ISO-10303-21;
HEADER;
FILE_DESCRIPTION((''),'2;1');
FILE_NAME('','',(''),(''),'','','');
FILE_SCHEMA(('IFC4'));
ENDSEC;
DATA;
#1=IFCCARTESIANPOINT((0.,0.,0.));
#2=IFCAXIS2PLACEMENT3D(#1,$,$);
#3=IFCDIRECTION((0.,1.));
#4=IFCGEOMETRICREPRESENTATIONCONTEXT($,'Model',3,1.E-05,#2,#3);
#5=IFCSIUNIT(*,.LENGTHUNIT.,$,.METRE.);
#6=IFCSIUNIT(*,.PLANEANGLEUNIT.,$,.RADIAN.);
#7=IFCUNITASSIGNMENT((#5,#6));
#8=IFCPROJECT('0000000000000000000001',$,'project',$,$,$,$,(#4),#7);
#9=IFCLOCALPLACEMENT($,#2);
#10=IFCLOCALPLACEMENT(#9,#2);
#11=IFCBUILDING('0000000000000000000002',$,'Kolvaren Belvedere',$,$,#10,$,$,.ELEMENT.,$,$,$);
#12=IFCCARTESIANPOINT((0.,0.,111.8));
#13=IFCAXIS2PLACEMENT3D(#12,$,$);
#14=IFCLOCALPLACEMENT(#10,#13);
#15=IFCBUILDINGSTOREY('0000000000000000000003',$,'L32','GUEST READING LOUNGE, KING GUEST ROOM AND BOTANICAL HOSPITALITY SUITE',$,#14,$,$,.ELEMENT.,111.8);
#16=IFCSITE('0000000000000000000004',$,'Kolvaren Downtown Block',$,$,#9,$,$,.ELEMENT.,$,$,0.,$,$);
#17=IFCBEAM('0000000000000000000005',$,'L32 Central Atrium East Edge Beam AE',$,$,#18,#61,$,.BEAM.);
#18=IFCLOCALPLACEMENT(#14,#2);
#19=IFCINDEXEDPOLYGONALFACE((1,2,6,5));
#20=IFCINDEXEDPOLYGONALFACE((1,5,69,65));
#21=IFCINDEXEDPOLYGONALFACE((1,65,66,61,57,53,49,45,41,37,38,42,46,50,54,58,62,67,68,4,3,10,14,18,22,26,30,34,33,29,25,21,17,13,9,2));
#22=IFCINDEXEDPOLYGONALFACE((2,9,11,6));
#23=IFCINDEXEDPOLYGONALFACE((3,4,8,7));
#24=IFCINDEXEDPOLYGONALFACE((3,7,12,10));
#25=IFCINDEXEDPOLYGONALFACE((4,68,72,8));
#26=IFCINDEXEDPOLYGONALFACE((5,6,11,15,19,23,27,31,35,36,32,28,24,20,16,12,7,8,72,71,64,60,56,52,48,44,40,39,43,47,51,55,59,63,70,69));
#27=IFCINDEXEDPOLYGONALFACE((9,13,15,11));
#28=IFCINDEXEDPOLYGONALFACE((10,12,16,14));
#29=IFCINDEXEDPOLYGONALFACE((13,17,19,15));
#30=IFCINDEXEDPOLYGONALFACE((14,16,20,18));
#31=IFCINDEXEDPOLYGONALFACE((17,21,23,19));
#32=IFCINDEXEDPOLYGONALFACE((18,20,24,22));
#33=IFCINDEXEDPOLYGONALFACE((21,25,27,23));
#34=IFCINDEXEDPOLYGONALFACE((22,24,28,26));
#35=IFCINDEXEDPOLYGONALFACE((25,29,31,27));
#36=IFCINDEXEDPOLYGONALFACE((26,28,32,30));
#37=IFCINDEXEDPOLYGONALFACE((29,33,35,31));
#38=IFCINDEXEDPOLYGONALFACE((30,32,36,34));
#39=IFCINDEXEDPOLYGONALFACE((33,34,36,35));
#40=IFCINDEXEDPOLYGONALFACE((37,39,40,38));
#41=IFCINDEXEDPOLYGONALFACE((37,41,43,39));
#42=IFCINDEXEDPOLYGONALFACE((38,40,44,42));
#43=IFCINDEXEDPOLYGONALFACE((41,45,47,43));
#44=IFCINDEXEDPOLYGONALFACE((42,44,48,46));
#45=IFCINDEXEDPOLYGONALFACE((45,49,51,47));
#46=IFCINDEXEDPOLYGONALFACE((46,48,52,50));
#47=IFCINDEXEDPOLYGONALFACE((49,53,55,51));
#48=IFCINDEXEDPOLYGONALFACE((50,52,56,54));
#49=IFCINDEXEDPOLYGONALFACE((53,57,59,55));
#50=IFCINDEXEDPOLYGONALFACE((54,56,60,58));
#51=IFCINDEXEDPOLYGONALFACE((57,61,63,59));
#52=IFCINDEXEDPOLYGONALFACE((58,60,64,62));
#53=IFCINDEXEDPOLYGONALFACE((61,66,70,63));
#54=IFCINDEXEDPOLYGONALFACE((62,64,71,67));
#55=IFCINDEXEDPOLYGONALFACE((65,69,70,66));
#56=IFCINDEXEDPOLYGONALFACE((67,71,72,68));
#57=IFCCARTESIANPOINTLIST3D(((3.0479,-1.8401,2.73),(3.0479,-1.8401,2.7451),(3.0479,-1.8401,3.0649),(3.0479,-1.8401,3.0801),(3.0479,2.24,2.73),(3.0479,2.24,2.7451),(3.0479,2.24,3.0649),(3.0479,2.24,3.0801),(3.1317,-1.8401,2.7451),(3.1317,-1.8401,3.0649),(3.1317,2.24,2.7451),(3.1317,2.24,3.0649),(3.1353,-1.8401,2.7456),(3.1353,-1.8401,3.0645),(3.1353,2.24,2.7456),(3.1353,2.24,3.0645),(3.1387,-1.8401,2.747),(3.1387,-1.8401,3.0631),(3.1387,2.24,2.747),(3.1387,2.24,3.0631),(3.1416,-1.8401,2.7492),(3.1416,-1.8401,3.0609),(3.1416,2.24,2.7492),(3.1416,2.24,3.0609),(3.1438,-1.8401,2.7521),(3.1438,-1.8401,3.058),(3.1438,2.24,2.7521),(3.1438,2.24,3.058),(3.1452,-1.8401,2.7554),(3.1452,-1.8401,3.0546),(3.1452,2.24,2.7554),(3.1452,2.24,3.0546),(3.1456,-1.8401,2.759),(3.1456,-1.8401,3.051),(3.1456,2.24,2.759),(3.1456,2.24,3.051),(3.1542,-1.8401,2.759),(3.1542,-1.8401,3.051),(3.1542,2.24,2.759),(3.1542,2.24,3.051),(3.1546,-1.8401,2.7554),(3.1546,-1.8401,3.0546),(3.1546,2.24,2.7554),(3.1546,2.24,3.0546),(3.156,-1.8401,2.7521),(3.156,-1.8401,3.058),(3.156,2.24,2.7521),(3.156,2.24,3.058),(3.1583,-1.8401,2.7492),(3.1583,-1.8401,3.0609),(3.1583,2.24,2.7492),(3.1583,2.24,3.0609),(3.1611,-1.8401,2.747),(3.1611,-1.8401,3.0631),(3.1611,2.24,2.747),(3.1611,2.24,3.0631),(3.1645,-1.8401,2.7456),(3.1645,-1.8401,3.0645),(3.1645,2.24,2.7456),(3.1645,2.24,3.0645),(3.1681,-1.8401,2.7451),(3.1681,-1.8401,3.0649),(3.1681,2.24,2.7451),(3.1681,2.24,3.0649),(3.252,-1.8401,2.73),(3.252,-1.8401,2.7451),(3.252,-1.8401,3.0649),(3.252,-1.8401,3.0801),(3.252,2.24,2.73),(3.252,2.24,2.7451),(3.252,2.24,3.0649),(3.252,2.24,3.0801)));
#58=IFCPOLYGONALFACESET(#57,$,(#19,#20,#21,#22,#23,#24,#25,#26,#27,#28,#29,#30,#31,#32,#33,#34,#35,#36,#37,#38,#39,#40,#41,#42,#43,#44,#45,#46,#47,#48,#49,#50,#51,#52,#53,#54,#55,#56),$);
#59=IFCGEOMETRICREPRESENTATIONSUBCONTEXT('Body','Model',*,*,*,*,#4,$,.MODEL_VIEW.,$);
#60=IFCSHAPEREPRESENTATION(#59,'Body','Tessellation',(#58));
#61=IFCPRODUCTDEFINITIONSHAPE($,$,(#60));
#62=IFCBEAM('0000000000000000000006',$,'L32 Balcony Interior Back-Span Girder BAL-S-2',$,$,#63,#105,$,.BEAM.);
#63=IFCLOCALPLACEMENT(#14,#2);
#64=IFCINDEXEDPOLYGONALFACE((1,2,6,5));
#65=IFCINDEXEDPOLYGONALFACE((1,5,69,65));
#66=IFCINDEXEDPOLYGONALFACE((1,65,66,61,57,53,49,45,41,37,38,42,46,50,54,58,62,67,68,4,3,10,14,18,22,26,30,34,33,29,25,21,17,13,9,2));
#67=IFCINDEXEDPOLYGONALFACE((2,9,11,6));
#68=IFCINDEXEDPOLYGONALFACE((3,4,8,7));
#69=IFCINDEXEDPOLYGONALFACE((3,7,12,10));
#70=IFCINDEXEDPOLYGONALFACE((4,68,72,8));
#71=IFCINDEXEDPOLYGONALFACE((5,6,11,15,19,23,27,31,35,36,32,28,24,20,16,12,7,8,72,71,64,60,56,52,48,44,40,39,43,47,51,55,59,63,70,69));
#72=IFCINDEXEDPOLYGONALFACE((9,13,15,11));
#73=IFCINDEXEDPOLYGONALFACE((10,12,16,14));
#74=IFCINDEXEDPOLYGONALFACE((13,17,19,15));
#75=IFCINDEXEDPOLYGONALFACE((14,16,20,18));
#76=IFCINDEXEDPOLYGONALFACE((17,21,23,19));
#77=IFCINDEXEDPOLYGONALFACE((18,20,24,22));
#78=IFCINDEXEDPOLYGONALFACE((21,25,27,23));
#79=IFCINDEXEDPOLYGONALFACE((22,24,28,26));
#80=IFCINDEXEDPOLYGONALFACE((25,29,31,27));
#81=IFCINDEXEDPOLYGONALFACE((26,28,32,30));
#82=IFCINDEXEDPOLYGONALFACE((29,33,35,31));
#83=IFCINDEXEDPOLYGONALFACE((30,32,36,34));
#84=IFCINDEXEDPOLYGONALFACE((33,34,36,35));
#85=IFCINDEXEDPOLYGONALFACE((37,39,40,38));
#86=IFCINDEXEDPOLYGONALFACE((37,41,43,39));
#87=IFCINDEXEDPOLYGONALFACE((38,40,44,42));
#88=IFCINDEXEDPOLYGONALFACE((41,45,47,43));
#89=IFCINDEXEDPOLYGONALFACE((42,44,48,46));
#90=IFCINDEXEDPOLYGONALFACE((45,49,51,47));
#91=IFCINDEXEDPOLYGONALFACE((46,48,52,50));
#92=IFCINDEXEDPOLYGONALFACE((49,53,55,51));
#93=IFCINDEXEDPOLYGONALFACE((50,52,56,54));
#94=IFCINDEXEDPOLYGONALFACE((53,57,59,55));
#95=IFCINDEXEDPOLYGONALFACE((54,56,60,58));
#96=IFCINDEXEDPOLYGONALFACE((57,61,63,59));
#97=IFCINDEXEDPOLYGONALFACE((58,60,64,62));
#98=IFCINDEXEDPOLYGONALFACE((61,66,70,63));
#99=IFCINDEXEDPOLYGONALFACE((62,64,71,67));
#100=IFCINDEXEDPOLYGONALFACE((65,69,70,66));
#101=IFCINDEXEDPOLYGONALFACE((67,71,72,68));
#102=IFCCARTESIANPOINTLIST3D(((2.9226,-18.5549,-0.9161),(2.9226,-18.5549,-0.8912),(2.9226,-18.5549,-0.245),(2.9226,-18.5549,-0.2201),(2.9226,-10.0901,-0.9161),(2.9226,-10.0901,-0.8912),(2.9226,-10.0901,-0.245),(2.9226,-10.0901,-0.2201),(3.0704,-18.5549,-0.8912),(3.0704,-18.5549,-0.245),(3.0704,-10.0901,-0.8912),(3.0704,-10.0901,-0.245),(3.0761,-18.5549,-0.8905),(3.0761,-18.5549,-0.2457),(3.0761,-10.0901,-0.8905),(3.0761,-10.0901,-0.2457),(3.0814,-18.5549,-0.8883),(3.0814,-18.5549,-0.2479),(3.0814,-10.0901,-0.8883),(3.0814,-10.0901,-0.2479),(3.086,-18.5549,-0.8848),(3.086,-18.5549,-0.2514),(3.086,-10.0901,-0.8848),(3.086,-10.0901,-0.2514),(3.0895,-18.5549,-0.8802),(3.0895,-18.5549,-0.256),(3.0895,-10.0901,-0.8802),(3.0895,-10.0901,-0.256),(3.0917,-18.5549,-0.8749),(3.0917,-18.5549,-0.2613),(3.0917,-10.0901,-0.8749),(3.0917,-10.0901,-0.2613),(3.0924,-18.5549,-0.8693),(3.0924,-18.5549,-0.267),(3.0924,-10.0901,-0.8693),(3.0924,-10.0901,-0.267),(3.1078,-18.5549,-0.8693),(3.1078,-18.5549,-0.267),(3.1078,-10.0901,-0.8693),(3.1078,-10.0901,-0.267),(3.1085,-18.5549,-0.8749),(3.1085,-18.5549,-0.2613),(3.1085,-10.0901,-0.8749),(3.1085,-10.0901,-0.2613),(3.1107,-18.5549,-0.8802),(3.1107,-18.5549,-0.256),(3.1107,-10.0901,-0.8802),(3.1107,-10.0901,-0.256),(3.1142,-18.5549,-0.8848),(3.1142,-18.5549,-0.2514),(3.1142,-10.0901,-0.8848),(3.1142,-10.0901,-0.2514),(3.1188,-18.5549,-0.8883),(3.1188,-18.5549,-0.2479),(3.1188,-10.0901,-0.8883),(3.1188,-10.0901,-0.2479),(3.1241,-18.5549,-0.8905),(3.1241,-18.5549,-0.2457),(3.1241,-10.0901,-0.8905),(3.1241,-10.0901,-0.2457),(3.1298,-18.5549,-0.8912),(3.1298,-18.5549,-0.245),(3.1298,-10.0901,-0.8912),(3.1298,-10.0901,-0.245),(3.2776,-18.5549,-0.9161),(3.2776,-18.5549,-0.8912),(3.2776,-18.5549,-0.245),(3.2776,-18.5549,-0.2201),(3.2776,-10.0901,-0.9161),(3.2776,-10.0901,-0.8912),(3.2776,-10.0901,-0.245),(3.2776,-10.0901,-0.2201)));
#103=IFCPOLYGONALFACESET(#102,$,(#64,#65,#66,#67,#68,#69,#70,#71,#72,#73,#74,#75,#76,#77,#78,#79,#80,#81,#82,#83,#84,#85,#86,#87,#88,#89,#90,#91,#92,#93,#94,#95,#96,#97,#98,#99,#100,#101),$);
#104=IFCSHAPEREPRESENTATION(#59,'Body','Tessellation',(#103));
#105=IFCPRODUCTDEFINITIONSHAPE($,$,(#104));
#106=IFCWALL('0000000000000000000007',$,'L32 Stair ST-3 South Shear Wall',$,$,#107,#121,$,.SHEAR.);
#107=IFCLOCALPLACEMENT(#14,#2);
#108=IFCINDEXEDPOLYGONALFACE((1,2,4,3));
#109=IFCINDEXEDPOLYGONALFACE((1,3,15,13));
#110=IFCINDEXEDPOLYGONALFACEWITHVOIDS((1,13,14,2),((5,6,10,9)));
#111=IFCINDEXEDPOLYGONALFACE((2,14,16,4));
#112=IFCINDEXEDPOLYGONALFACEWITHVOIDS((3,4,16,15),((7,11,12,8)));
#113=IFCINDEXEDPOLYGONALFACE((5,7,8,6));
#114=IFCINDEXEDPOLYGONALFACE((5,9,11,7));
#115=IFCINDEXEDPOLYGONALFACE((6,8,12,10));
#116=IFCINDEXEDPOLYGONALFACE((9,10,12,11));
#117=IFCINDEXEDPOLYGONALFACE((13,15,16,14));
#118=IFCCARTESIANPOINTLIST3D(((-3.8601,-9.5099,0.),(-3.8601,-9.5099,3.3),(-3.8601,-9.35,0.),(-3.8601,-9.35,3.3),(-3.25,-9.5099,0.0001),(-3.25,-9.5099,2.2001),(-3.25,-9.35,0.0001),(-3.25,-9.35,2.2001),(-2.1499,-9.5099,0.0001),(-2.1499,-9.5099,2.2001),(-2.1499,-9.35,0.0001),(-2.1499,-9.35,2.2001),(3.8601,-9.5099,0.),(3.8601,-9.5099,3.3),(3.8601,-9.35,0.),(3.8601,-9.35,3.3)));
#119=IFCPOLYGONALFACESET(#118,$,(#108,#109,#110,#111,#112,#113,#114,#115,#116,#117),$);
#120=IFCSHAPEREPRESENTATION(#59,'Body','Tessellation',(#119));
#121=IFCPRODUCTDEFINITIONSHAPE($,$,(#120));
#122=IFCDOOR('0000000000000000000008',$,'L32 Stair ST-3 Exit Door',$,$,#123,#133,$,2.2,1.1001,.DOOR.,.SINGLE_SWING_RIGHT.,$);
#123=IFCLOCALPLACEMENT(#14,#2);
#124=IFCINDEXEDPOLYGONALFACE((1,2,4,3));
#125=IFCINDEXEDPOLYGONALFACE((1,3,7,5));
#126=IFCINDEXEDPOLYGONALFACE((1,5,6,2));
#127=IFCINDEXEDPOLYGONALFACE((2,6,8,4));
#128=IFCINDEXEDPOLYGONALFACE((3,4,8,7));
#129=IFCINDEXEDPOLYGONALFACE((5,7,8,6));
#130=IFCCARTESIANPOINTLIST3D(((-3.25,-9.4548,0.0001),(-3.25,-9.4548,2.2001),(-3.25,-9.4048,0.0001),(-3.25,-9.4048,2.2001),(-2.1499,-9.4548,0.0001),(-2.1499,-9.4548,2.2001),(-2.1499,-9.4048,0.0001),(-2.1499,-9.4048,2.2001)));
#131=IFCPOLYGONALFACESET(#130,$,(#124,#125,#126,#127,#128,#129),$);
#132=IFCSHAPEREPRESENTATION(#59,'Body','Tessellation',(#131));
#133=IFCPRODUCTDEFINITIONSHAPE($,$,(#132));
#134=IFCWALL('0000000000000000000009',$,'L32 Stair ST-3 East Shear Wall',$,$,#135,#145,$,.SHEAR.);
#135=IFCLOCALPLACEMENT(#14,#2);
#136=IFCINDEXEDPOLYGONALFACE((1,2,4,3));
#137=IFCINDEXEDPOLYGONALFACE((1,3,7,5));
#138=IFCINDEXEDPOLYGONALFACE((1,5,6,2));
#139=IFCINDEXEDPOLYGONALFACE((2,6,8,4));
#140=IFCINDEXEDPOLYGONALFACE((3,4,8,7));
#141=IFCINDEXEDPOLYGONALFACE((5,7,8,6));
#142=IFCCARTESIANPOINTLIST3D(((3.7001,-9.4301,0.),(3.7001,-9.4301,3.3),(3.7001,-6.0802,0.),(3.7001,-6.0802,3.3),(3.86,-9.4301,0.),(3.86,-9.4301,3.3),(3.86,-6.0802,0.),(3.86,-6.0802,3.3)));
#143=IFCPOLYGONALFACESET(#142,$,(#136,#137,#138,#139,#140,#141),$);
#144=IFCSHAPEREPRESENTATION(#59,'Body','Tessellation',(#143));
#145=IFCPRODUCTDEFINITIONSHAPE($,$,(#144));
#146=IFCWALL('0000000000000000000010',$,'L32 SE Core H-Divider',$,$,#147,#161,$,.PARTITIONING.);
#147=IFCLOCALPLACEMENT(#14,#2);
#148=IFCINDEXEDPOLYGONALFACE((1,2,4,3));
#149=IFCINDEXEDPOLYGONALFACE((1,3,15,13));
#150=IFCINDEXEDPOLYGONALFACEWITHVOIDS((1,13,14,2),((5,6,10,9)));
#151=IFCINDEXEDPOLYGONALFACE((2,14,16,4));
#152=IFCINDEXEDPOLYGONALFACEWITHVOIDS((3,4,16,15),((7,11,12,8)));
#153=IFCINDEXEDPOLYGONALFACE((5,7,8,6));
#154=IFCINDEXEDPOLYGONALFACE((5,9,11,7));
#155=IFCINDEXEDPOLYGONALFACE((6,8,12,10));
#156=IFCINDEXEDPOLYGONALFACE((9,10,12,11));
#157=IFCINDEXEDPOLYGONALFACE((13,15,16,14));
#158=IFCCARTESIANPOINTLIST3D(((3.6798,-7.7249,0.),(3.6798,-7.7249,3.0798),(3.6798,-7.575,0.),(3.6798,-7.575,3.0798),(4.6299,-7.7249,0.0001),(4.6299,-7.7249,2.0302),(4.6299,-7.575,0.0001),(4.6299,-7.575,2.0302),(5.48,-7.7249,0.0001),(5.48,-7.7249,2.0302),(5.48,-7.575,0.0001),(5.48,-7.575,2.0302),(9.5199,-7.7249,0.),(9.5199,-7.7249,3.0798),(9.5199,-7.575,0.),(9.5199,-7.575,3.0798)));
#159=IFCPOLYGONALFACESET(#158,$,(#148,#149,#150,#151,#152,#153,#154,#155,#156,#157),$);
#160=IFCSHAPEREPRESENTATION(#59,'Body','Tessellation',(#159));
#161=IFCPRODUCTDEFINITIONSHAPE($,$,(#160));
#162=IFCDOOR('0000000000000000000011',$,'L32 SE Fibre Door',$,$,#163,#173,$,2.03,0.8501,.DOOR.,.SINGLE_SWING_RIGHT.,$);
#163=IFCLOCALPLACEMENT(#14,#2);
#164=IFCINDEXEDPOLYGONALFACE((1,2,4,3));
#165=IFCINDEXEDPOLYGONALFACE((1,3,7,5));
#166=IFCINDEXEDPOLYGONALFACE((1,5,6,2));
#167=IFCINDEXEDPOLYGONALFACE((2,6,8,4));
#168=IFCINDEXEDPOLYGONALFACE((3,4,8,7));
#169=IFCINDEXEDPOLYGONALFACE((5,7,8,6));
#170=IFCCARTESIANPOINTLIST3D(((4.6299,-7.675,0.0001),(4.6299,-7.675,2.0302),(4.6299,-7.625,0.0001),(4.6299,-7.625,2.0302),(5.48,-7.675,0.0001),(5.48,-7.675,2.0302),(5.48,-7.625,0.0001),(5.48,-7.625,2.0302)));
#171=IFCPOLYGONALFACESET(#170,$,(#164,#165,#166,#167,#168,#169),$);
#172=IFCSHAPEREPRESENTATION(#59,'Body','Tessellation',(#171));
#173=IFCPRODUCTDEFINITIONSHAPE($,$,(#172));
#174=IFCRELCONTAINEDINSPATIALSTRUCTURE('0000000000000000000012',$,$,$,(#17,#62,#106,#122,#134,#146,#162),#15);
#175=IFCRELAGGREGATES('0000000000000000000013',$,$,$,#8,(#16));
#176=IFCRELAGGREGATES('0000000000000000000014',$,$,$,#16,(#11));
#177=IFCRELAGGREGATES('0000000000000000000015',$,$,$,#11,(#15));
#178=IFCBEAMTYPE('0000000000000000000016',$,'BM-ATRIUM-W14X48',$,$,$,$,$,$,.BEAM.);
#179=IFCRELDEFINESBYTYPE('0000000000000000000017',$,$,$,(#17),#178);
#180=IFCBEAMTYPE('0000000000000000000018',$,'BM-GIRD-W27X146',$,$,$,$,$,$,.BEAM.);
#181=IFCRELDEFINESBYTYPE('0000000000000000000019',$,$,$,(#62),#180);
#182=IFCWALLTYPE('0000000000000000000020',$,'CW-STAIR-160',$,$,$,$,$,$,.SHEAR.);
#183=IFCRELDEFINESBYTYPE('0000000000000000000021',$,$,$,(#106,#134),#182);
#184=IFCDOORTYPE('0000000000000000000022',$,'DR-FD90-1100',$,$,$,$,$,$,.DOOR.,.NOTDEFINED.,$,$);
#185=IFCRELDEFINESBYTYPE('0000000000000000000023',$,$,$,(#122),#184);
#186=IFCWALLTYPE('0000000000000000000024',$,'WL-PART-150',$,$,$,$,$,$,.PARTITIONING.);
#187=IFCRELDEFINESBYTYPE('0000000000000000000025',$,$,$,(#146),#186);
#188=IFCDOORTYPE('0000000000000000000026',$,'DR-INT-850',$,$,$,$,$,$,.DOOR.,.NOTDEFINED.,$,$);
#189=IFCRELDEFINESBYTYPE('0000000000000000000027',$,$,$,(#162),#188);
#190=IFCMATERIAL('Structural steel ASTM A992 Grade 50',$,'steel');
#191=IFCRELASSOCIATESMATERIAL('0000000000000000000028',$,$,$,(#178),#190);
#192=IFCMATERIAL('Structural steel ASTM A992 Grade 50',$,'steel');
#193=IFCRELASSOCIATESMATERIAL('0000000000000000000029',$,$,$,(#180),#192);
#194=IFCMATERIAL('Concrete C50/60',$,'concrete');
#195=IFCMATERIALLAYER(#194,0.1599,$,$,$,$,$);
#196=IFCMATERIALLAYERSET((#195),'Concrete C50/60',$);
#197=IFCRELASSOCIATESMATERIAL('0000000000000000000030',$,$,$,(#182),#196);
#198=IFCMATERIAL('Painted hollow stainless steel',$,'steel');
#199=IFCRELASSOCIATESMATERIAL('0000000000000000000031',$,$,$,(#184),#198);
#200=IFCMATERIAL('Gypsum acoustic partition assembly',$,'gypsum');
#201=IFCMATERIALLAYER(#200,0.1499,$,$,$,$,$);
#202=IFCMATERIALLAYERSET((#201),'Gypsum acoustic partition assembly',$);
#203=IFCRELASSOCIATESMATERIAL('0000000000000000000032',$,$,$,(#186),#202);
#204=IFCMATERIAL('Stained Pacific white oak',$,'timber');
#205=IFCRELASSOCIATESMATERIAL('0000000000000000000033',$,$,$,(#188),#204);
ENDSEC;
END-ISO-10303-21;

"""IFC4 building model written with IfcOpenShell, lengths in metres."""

from ifc_helpers import new_model, si_unit, direction, frame, frame_2d, origin, origin_2d, place, context, subcontext, project, spatial, rectangle, i_section, extrude, material, layer, layer_set, material_profile, profile_set, type_object, element, fill, save


model = new_model("IFC4")

# Units and contexts
model_context = context("Model", 3, precision=1e-05, world=origin(), true_north=direction((0.0, 1.0)))
body_context = subcontext(model_context, "Body", "Model", "MODEL_VIEW")
ifc_project = project(units=[si_unit("LENGTHUNIT", "METRE"), si_unit("PLANEANGLEUNIT", "RADIAN")], contexts=[model_context])

# Site, building, storey
site_placement = place(None, origin())
site = spatial("IfcSite", under=ifc_project, at=site_placement, Name="Kolvaren Downtown Block", CompositionType="ELEMENT", RefElevation=0.0)
building_placement = place(site_placement, origin())
building = spatial("IfcBuilding", under=site, at=building_placement, Name="Kolvaren Belvedere", CompositionType="ELEMENT")
storey_placement = place(building_placement, frame((0.0, 0.0, 111.8)))
storey = spatial("IfcBuildingStorey", under=building, at=storey_placement, Name="L32", Description="GUEST READING LOUNGE, KING GUEST ROOM AND BOTANICAL HOSPITALITY SUITE", CompositionType="ELEMENT", Elevation=111.8)

# Beams
ifc_material_1 = material(Name="Structural steel ASTM A992 Grade 50", Category="steel")
ifc_material_profile_1 = material_profile(ifc_material_1, i_section(OverallWidth=0.2041, OverallDepth=0.3501, WebThickness=0.0085, FlangeThickness=0.0151, FilletRadius=0.0139, at=origin_2d()), Name="W14X48")
ifc_profile_set_1 = profile_set([ifc_material_profile_1], Name="Structural steel ASTM A992 Grade 50")
beam_type_1 = type_object("IfcBeamType", Name="BM-ATRIUM-W14X48", PredefinedType="BEAM", material=ifc_profile_set_1)
beam_1_placement = place(storey_placement, frame((3.1499, -1.8401, 2.905), z_axis=(0.0, 1.0, 0.0), x_axis=(-1.0, 0.0, 0.0)))
element("IfcBeam", 1, at=beam_1_placement, inside=storey, type_object=beam_type_1, Name="L32 Central Atrium East Edge Beam AE", PredefinedType="BEAM", context=body_context, shape_type="SweptSolid", body=[
    extrude(i_section(OverallWidth=0.2041, OverallDepth=0.3501, WebThickness=0.0085, FlangeThickness=0.0151, FilletRadius=0.0139, at=origin_2d()), origin(), (0.0, 0.0, 1.0), 4.0801),
])
ifc_material_2 = material(Name="Structural steel ASTM A992 Grade 50", Category="steel")
ifc_material_profile_2 = material_profile(ifc_material_2, i_section(OverallWidth=0.355, OverallDepth=0.696, WebThickness=0.0154, FlangeThickness=0.0249, FilletRadius=0.022, at=origin_2d()), Name="W27X146")
ifc_profile_set_2 = profile_set([ifc_material_profile_2], Name="Structural steel ASTM A992 Grade 50")
beam_type_2 = type_object("IfcBeamType", Name="BM-GIRD-W27X146", PredefinedType="BEAM", material=ifc_profile_set_2)
beam_2_placement = place(storey_placement, frame((3.1001, -10.0901, -0.5681), z_axis=(0.0, -1.0, 0.0), x_axis=(1.0, 0.0, 0.0)))
element("IfcBeam", 2, at=beam_2_placement, inside=storey, type_object=beam_type_2, Name="L32 Balcony Interior Back-Span Girder BAL-S-2", PredefinedType="BEAM", context=body_context, shape_type="SweptSolid", body=[
    extrude(i_section(OverallWidth=0.355, OverallDepth=0.696, WebThickness=0.0154, FlangeThickness=0.0249, FilletRadius=0.022, at=origin_2d()), origin(), (0.0, 0.0, 1.0), 8.4648),
])

# Wall, opening, door
ifc_material_3 = material(Name="Concrete C50/60", Category="concrete")
ifc_layer_1 = layer(ifc_material_3, 0.1599)
ifc_layer_set_1 = layer_set([ifc_layer_1], Name="Concrete C50/60")
wall_type_1 = type_object("IfcWallType", Name="CW-STAIR-160", PredefinedType="SHEAR", material=ifc_layer_set_1)
wall_1_placement = place(storey_placement, frame((3.8601, -9.4299, 0.0), z_axis=(0.0, 0.0, 1.0), x_axis=(-1.0, 0.0, 0.0)))
wall_1 = element("IfcWall", 3, at=wall_1_placement, inside=storey, type_object=wall_type_1, Name="L32 Stair ST-3 South Shear Wall", PredefinedType="SHEAR", context=body_context, shape_type="SweptSolid", body=[
    extrude(rectangle(XDim=7.7202, YDim=0.1599, at=frame_2d((3.8601, 0.0))), origin(), (0.0, 0.0, 1.0), 3.3),
])
opening_1_placement = place(wall_1_placement, frame((6.01, 0.0, 0.0)))
opening_1 = element("IfcOpeningElement", 4, at=opening_1_placement, cuts=wall_1, PredefinedType="OPENING", context=body_context, shape_type="SweptSolid", body=[
    extrude(rectangle(XDim=1.1001, YDim=2.2, at=frame_2d((0.55, 1.1001))), frame((0.0, 0.0898, 0.0), z_axis=(0.0, -1.0, 0.0), x_axis=(1.0, 0.0, 0.0)), (0.0, 0.0, 1.0), 0.1799),
])
ifc_material_4 = material(Name="Painted hollow stainless steel", Category="steel")
door_type_1 = type_object("IfcDoorType", Name="DR-FD90-1100", OperationType="NOTDEFINED", PredefinedType="DOOR", material=ifc_material_4)
door_1_placement = place(opening_1_placement, origin())
door_1 = element("IfcDoor", 5, at=door_1_placement, inside=storey, type_object=door_type_1, Name="L32 Stair ST-3 Exit Door", OperationType="SINGLE_SWING_RIGHT", OverallHeight=2.2, OverallWidth=1.1001, PredefinedType="DOOR", context=body_context, shape_type="SweptSolid", body=[
    extrude(rectangle(XDim=1.1001, YDim=2.2, at=frame_2d((0.55, 1.1001))), frame((0.0, 0.0249, 0.0), z_axis=(0.0, -1.0, 0.0), x_axis=(1.0, 0.0, 0.0)), (0.0, 0.0, 1.0), 0.05),
])
fill(opening_1, door_1)

# Wall
wall_2_placement = place(storey_placement, frame((3.78, -9.4299, 0.0), z_axis=(0.0, 0.0, 1.0), x_axis=(0.0, 1.0, 0.0)))
element("IfcWall", 6, at=wall_2_placement, inside=storey, type_object=wall_type_1, Name="L32 Stair ST-3 East Shear Wall", PredefinedType="SHEAR", context=body_context, shape_type="SweptSolid", body=[
    extrude(rectangle(XDim=3.3499, YDim=0.1599, at=frame_2d((1.6748, 0.0))), origin(), (0.0, 0.0, 1.0), 3.3),
])

# Wall, opening, door
ifc_material_5 = material(Name="Gypsum acoustic partition assembly", Category="gypsum")
ifc_layer_2 = layer(ifc_material_5, 0.1499)
ifc_layer_set_2 = layer_set([ifc_layer_2], Name="Gypsum acoustic partition assembly")
wall_type_2 = type_object("IfcWallType", Name="WL-PART-150", PredefinedType="PARTITIONING", material=ifc_layer_set_2)
wall_3_placement = place(storey_placement, frame((3.6799, -7.6499, 0.0), z_axis=(0.0, 0.0, 1.0), x_axis=(1.0, 0.0, 0.0)))
wall_3 = element("IfcWall", 7, at=wall_3_placement, inside=storey, type_object=wall_type_2, Name="L32 SE Core H-Divider", PredefinedType="PARTITIONING", context=body_context, shape_type="SweptSolid", body=[
    extrude(rectangle(XDim=5.8401, YDim=0.1499, at=frame_2d((2.9199, 0.0))), origin(), (0.0, 0.0, 1.0), 3.0798),
])
opening_2_placement = place(wall_3_placement, frame((0.95, 0.0, 0.0)))
opening_2 = element("IfcOpeningElement", 8, at=opening_2_placement, cuts=wall_3, PredefinedType="OPENING", context=body_context, shape_type="SweptSolid", body=[
    extrude(rectangle(XDim=0.8501, YDim=2.03, at=frame_2d((0.425, 1.0151))), frame((0.0, 0.085, 0.0), z_axis=(0.0, -1.0, 0.0), x_axis=(1.0, 0.0, 0.0)), (0.0, 0.0, 1.0), 0.1699),
])
ifc_material_6 = material(Name="Stained Pacific white oak", Category="timber")
door_type_2 = type_object("IfcDoorType", Name="DR-INT-850", OperationType="NOTDEFINED", PredefinedType="DOOR", material=ifc_material_6)
door_2_placement = place(opening_2_placement, origin())
door_2 = element("IfcDoor", 9, at=door_2_placement, inside=storey, type_object=door_type_2, Name="L32 SE Fibre Door", OperationType="SINGLE_SWING_RIGHT", OverallHeight=2.03, OverallWidth=0.8501, PredefinedType="DOOR", context=body_context, shape_type="SweptSolid", body=[
    extrude(rectangle(XDim=0.8501, YDim=2.03, at=frame_2d((0.425, 1.0151))), frame((0.0, 0.0249, 0.0), z_axis=(0.0, -1.0, 0.0), x_axis=(1.0, 0.0, 0.0)), (0.0, 0.0, 1.0), 0.05),
])
fill(opening_2, door_2)

save(model, "model.ifc")
